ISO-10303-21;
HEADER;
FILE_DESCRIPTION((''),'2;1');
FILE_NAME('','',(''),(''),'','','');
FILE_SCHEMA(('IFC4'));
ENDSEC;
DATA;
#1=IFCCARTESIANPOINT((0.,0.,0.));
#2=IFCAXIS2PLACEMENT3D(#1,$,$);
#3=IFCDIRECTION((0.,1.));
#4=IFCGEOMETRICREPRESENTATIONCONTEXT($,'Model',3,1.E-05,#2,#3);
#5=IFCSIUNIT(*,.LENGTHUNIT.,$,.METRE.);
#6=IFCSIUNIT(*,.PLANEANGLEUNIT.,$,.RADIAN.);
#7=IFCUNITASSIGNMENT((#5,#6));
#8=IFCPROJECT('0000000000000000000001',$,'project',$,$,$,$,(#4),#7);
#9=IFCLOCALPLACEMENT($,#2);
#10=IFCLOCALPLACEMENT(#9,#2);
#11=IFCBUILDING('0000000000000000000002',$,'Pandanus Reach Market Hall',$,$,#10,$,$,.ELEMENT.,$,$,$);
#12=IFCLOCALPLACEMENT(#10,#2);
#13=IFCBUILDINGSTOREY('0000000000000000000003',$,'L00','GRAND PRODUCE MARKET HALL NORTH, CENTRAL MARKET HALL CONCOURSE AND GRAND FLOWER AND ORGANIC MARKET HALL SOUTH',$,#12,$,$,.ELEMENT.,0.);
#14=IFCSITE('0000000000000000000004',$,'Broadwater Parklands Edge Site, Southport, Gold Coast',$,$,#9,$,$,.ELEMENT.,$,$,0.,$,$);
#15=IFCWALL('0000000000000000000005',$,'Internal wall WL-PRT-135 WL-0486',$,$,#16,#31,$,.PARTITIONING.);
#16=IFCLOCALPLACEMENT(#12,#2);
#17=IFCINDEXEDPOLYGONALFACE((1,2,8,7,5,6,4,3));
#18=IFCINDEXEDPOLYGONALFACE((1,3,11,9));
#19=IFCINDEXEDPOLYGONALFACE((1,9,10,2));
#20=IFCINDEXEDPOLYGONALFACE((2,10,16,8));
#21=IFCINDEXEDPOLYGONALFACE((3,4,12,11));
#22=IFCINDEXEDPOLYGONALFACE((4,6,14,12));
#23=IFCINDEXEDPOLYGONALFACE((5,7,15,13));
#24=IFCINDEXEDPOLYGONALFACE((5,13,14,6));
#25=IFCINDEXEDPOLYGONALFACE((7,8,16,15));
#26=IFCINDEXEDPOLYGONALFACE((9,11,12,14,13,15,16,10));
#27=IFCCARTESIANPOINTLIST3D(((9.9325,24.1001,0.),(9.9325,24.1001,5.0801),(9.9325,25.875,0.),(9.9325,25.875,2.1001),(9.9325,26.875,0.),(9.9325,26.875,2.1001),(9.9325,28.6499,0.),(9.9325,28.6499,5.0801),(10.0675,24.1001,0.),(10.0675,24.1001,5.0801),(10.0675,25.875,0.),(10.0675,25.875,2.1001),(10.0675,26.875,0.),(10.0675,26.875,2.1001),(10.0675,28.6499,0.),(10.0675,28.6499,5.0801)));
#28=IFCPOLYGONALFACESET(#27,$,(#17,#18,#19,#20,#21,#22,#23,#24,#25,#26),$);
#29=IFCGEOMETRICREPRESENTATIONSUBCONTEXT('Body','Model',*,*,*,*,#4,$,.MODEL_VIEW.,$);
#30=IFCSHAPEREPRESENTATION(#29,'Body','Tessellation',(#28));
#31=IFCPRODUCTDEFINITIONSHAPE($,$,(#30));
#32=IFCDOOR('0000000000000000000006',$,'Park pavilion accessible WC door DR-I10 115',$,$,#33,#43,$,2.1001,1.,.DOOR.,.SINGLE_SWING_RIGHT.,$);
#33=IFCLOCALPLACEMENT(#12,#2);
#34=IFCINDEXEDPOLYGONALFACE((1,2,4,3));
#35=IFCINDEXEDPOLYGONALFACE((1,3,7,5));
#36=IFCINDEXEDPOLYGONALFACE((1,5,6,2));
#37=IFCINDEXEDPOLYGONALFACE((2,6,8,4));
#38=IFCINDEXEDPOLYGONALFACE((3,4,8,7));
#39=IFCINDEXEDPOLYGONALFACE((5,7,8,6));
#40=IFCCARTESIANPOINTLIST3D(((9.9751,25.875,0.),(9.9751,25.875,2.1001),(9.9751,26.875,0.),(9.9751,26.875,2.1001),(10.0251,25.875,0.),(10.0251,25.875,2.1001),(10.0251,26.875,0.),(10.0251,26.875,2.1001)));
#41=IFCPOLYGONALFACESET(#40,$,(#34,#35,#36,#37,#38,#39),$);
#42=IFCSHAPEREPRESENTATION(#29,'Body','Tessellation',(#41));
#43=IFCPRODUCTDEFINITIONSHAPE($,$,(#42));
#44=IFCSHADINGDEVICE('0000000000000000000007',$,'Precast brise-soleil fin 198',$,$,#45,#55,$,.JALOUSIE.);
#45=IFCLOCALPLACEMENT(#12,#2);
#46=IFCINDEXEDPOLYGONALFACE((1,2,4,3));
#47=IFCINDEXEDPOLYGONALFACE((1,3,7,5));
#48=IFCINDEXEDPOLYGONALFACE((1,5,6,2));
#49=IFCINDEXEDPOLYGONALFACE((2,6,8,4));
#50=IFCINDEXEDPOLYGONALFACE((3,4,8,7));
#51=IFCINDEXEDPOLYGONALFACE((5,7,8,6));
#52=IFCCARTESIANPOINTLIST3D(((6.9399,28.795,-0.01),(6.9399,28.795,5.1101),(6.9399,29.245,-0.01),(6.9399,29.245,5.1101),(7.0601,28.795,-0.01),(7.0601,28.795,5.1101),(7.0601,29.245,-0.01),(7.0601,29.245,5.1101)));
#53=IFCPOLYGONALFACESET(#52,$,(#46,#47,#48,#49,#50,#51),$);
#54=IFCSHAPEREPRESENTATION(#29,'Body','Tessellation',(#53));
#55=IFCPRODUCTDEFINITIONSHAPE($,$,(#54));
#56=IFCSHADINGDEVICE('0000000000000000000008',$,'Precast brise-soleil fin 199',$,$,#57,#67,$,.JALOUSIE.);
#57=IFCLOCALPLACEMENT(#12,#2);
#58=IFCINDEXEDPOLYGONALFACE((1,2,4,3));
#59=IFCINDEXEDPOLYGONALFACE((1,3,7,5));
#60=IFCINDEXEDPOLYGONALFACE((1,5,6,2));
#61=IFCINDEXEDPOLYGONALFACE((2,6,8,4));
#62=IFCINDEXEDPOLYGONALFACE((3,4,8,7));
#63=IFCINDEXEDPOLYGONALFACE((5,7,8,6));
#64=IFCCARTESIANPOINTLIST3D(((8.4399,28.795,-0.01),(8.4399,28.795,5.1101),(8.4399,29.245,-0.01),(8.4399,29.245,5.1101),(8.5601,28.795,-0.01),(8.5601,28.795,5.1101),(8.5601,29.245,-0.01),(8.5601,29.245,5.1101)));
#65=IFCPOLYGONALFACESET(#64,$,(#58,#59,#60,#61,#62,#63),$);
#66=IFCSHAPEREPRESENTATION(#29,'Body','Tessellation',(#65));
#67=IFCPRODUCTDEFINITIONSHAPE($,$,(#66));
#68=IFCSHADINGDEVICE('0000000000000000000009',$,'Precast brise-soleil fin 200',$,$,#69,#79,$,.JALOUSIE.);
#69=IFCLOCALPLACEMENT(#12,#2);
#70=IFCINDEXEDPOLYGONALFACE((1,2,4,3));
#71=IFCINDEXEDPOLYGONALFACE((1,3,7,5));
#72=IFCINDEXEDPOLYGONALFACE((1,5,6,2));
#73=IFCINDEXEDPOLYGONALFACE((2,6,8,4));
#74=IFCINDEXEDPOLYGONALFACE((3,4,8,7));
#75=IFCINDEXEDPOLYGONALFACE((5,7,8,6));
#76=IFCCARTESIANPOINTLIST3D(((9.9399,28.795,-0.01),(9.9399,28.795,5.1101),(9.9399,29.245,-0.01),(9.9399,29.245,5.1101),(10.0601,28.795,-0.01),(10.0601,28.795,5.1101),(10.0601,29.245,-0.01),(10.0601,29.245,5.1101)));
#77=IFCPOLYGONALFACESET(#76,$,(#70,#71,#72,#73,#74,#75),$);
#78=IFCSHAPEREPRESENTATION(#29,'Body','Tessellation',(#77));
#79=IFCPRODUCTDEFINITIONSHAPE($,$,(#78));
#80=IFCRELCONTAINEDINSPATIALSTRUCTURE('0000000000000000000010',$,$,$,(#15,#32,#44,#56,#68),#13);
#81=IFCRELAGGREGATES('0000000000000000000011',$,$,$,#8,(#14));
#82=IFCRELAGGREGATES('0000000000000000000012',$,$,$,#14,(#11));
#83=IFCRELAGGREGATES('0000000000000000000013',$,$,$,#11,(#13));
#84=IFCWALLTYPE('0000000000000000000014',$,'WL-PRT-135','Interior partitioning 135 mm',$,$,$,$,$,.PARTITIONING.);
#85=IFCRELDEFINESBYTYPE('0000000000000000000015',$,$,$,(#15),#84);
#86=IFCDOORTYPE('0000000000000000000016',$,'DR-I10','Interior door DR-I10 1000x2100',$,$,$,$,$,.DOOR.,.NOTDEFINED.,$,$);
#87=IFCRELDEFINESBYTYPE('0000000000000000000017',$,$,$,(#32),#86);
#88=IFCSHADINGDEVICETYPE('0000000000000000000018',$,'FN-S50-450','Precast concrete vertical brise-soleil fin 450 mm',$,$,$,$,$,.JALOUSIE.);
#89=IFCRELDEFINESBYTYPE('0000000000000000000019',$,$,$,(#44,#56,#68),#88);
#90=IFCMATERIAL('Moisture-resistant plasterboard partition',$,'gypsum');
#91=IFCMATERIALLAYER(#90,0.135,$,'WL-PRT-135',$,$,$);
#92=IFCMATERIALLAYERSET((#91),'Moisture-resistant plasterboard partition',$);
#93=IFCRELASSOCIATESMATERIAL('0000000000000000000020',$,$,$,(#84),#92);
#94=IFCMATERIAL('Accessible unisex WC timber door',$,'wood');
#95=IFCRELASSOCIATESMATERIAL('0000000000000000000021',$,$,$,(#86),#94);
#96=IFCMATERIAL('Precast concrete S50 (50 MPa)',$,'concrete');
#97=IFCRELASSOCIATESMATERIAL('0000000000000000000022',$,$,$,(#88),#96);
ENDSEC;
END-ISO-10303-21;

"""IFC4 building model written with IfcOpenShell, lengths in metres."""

from ifc_helpers import new_model, si_unit, direction, frame, frame_2d, origin, origin_2d, place, context, subcontext, project, spatial, rectangle, extrude, material, layer, layer_set, type_object, element, fill, save


model = new_model("IFC4")

# Units and contexts
model_context = context("Model", 3, precision=1e-05, world=origin(), true_north=direction((0.0, 1.0)))
body_context = subcontext(model_context, "Body", "Model", "MODEL_VIEW")
ifc_project = project(units=[si_unit("LENGTHUNIT", "METRE"), si_unit("PLANEANGLEUNIT", "RADIAN")], contexts=[model_context])

# Site, building, storey
site_placement = place(None, origin())
site = spatial("IfcSite", under=ifc_project, at=site_placement, Name="Broadwater Parklands Edge Site, Southport, Gold Coast", CompositionType="ELEMENT", RefElevation=0.0)
building_placement = place(site_placement, origin())
building = spatial("IfcBuilding", under=site, at=building_placement, Name="Pandanus Reach Market Hall", CompositionType="ELEMENT")
storey_placement = place(building_placement, origin())
storey = spatial("IfcBuildingStorey", under=building, at=storey_placement, Name="L00", Description="GRAND PRODUCE MARKET HALL NORTH, CENTRAL MARKET HALL CONCOURSE AND GRAND FLOWER AND ORGANIC MARKET HALL SOUTH", CompositionType="ELEMENT", Elevation=0.0)

# Wall, opening, door
ifc_material_1 = material(Name="Moisture-resistant plasterboard partition", Category="gypsum")
ifc_layer_1 = layer(ifc_material_1, 0.135, Name="WL-PRT-135")
ifc_layer_set_1 = layer_set([ifc_layer_1], Name="Moisture-resistant plasterboard partition")
wall_type = type_object("IfcWallType", Name="WL-PRT-135", Description="Interior partitioning 135 mm", PredefinedType="PARTITIONING", material=ifc_layer_set_1)
wall_placement = place(storey_placement, frame((10.0, 24.1001, 0.0), z_axis=(0.0, 0.0, 1.0), x_axis=(0.0, 1.0, 0.0)))
wall = element("IfcWall", 1, at=wall_placement, inside=storey, type_object=wall_type, Name="Internal wall WL-PRT-135 WL-0486", PredefinedType="PARTITIONING", context=body_context, shape_type="SweptSolid", body=[
    extrude(rectangle(XDim=4.5498, YDim=0.135, at=frame_2d((2.2749, 0.0))), origin(), (0.0, 0.0, 1.0), 5.0801),
])
opening_placement = place(wall_placement, frame((1.7749, 0.0, 0.0)))
opening = element("IfcOpeningElement", 2, at=opening_placement, cuts=wall, PredefinedType="OPENING", context=body_context, shape_type="SweptSolid", body=[
    extrude(rectangle(XDim=1.0, YDim=2.1001, at=frame_2d((0.5, 1.05))), frame((0.0, 0.0825, 0.0), z_axis=(0.0, -1.0, 0.0), x_axis=(1.0, 0.0, 0.0)), (0.0, 0.0, 1.0), 0.165),
])
ifc_material_2 = material(Name="Accessible unisex WC timber door", Category="wood")
door_type = type_object("IfcDoorType", Name="DR-I10", Description="Interior door DR-I10 1000x2100", OperationType="NOTDEFINED", PredefinedType="DOOR", material=ifc_material_2)
door_placement = place(opening_placement, origin())
door = element("IfcDoor", 3, at=door_placement, inside=storey, type_object=door_type, Name="Park pavilion accessible WC door DR-I10 115", OperationType="SINGLE_SWING_RIGHT", OverallHeight=2.1001, OverallWidth=1.0, PredefinedType="DOOR", context=body_context, shape_type="SweptSolid", body=[
    extrude(rectangle(XDim=1.0, YDim=2.1001, at=frame_2d((0.5, 1.05))), frame((0.0, 0.0249, 0.0), z_axis=(0.0, -1.0, 0.0), x_axis=(1.0, 0.0, 0.0)), (0.0, 0.0, 1.0), 0.05),
])
fill(opening, door)

# Shading devices
ifc_material_3 = material(Name="Precast concrete S50 (50 MPa)", Category="concrete")
shading_device_type = type_object("IfcShadingDeviceType", Name="FN-S50-450", Description="Precast concrete vertical brise-soleil fin 450 mm", PredefinedType="JALOUSIE", material=ifc_material_3)
for number, where, z_axis, x_axis, name in (
    (4, (7.0, 29.02, -0.01), (0.0, 0.0, 1.0), (0.0, 1.0, 0.0), "Precast brise-soleil fin 198"),
    (5, (8.5, 29.02, -0.01), (0.0, 0.0, 1.0), (0.0, 1.0, 0.0), "Precast brise-soleil fin 199"),
    (6, (10.0, 29.02, -0.01), (0.0, 0.0, 1.0), (0.0, 1.0, 0.0), "Precast brise-soleil fin 200"),
):
    element("IfcShadingDevice", number, at=place(storey_placement, frame(where, z_axis=z_axis, x_axis=x_axis)), inside=storey, type_object=shading_device_type, Name=name, PredefinedType="JALOUSIE", context=body_context, shape_type="SweptSolid", body=[
        extrude(rectangle(XDim=0.45, YDim=0.1201, at=origin_2d()), origin(), (0.0, 0.0, 1.0), 5.1201),
    ])

save(model, "model.ifc")
